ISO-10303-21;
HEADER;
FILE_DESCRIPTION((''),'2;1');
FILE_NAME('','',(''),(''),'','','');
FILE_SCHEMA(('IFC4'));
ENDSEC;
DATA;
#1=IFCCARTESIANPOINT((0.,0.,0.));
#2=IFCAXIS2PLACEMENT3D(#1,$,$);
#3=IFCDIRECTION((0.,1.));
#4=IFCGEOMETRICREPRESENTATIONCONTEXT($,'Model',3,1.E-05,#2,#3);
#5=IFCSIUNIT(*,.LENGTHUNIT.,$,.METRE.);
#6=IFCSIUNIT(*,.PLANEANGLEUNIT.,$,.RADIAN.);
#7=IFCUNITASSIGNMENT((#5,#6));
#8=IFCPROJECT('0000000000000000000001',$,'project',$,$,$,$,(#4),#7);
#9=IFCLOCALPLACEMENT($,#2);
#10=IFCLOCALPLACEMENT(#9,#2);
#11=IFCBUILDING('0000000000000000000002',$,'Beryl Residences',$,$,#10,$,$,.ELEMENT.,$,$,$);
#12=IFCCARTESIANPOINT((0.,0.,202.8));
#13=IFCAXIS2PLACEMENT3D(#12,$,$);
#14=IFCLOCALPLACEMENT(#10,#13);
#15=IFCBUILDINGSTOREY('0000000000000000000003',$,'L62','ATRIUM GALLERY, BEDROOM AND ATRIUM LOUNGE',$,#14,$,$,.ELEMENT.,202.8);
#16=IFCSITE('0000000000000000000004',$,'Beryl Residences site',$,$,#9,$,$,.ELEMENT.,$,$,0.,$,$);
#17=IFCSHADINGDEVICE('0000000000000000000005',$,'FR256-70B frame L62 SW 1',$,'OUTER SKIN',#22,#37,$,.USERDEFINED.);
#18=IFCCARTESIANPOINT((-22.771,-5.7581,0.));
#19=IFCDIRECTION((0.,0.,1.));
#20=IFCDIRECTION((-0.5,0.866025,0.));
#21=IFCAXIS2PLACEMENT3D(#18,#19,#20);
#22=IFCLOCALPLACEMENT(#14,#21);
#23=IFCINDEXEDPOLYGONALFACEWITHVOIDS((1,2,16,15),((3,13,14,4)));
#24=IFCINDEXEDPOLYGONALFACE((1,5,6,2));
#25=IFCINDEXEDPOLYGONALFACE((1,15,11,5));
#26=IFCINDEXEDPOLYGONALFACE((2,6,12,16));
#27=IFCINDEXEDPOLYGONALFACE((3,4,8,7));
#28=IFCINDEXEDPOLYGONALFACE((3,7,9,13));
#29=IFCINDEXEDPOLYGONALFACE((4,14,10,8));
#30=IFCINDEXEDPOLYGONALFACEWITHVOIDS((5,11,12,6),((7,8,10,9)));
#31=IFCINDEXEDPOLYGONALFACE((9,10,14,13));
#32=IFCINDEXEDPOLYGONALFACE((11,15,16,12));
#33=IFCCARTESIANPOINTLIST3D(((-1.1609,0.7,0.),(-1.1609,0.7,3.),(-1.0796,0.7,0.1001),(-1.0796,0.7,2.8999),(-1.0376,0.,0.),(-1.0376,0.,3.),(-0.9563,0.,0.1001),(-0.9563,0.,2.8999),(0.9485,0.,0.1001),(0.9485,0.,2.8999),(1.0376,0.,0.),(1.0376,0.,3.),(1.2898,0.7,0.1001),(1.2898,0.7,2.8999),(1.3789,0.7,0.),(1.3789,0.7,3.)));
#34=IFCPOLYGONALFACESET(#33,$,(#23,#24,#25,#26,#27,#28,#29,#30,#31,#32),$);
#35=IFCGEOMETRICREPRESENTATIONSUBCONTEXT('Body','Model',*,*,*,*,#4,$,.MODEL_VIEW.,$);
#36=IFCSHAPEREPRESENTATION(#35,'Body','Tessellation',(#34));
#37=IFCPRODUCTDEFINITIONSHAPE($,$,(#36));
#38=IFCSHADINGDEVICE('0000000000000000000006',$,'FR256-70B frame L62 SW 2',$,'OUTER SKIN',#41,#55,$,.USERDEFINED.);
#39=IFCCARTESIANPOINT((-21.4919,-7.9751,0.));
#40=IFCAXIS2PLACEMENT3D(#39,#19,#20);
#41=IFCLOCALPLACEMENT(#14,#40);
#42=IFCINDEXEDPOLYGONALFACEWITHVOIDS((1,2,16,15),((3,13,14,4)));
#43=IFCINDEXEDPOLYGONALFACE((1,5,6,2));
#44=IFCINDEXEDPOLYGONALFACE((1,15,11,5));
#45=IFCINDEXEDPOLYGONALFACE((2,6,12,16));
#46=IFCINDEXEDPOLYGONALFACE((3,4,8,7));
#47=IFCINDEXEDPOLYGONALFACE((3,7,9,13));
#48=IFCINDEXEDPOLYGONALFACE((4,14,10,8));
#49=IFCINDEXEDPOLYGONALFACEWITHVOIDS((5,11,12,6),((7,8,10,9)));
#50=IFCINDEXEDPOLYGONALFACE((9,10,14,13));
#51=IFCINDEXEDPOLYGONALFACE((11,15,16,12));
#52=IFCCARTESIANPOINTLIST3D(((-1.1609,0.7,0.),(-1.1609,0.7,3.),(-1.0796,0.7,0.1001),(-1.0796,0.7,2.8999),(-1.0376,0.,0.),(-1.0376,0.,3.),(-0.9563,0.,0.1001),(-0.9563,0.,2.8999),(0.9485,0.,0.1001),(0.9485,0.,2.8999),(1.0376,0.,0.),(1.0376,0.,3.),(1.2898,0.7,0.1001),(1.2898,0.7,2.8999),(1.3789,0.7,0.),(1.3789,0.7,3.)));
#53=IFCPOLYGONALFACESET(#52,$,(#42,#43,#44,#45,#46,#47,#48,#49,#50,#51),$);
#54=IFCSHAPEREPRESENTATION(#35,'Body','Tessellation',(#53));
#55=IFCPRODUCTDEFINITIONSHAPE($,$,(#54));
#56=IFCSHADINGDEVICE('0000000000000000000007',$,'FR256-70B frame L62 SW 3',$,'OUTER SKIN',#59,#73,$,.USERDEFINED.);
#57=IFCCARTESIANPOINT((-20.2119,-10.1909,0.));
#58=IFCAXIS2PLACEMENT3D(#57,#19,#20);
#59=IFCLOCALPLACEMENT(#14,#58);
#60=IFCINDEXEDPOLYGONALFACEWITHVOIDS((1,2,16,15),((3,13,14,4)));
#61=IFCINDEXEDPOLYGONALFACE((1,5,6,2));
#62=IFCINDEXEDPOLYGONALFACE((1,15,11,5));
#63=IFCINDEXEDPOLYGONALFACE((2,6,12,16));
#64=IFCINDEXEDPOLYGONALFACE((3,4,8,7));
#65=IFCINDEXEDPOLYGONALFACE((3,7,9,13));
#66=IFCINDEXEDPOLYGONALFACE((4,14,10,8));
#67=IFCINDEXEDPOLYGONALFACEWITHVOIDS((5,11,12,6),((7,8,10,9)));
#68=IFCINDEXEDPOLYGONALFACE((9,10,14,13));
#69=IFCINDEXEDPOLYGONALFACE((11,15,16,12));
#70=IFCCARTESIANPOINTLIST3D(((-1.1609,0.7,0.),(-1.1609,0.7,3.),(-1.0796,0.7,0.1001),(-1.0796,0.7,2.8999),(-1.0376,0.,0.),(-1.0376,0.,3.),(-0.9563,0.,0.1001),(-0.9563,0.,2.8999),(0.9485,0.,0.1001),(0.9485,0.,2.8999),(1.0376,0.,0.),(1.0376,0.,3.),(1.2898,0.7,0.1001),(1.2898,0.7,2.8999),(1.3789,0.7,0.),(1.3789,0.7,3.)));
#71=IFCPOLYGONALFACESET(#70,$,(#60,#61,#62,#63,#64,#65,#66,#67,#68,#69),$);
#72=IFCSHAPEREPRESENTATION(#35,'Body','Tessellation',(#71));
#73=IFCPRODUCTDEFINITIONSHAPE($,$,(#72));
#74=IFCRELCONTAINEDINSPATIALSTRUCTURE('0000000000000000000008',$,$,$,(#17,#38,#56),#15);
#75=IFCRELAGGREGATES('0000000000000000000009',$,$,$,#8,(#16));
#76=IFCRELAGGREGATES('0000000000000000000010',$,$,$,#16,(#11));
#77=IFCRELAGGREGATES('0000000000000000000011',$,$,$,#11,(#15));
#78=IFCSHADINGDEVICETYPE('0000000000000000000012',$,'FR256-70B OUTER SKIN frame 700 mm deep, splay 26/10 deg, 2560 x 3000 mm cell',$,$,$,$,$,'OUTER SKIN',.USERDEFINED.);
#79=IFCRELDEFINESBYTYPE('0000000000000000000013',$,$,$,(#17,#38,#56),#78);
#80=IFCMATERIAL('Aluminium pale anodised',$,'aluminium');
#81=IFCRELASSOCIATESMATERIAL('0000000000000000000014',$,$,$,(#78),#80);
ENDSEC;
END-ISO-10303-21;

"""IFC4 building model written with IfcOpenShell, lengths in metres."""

from ifc_helpers import new_model, entity, si_unit, direction, frame, origin, place, context, subcontext, project, spatial, source, transform, mapped, material, type_object, type_shapes, element, save


model = new_model("IFC4")

# Units and contexts
model_context = context("Model", 3, precision=1e-05, world=origin(), true_north=direction((0.0, 1.0)))
body_context = subcontext(model_context, "Body", "Model", "MODEL_VIEW")
ifc_project = project(units=[si_unit("LENGTHUNIT", "METRE"), si_unit("PLANEANGLEUNIT", "RADIAN")], contexts=[model_context])

# Site, building, storey
site_placement = place(None, origin())
site = spatial("IfcSite", under=ifc_project, at=site_placement, Name="Beryl Residences site", CompositionType="ELEMENT", RefElevation=0.0)
building_placement = place(site_placement, origin())
building = spatial("IfcBuilding", under=site, at=building_placement, Name="Beryl Residences", CompositionType="ELEMENT")
storey_placement = place(building_placement, frame((0.0, 0.0, 202.8)))
storey = spatial("IfcBuildingStorey", under=building, at=storey_placement, Name="L62", Description="ATRIUM GALLERY, BEDROOM AND ATRIUM LOUNGE", CompositionType="ELEMENT", Elevation=202.8)

# Shading devices
ifc_material_1 = material(Name="Aluminium pale anodised", Category="aluminium")
shading_device_type = type_object("IfcShadingDeviceType", Name="FR256-70B OUTER SKIN frame 700 mm deep, splay 26/10 deg, 2560 x 3000 mm cell", ElementType="OUTER SKIN", PredefinedType="USERDEFINED", material=ifc_material_1)
cartesian_point_1 = entity("IfcCartesianPoint", [-1.0376, 0.0])
cartesian_point_2 = entity("IfcCartesianPoint", [-0.9485, 0.1001])
cartesian_point_3 = entity("IfcCartesianPoint", [-1.3789, 0.0])
cartesian_point_4 = entity("IfcCartesianPoint", [-1.2898, 0.1001])
shared_shape_1 = source(origin(), body_context, "Body", "SweptSolid", [
    entity("IfcExtrudedAreaSolidTapered", entity("IfcArbitraryProfileDefWithVoids", "AREA", None, entity("IfcPolyline", [cartesian_point_1, entity("IfcCartesianPoint", [1.0376, 0.0]), entity("IfcCartesianPoint", [1.0376, 3.0]), entity("IfcCartesianPoint", [-1.0376, 3.0]), cartesian_point_1]), [entity("IfcPolyline", [cartesian_point_2, entity("IfcCartesianPoint", [0.9563, 0.1001]), entity("IfcCartesianPoint", [0.9563, 2.8999]), entity("IfcCartesianPoint", [-0.9485, 2.8999]), cartesian_point_2])]), entity("IfcAxis2Placement3D", entity("IfcCartesianPoint", [0.0, 0.0, 0.0]), entity("IfcDirection", [0.0, 1.0, 0.0]), entity("IfcDirection", [-1.0, 0.0, 0.0])), entity("IfcDirection", [0.0, 0.0, 1.0]), 0.7, entity("IfcArbitraryProfileDefWithVoids", "AREA", None, entity("IfcPolyline", [cartesian_point_3, entity("IfcCartesianPoint", [1.1609, 0.0]), entity("IfcCartesianPoint", [1.1609, 3.0]), entity("IfcCartesianPoint", [-1.3789, 3.0]), cartesian_point_3]), [entity("IfcPolyline", [cartesian_point_4, entity("IfcCartesianPoint", [1.0796, 0.1001]), entity("IfcCartesianPoint", [1.0796, 2.8999]), entity("IfcCartesianPoint", [-1.2898, 2.8999]), cartesian_point_4])])),
])
type_shapes(shading_device_type, [shared_shape_1])
for number, where, z_axis, x_axis, name in (
    (1, (-22.771, -5.7581, 0.0), (0.0, 0.0, 1.0), (-0.5, 0.866025, 0.0), "FR256-70B frame L62 SW 1"),
    (2, (-21.4919, -7.9751, 0.0), (0.0, 0.0, 1.0), (-0.5, 0.866025, 0.0), "FR256-70B frame L62 SW 2"),
    (3, (-20.2119, -10.1909, 0.0), (0.0, 0.0, 1.0), (-0.5, 0.866025, 0.0), "FR256-70B frame L62 SW 3"),
):
    element("IfcShadingDevice", number, at=place(storey_placement, frame(where, z_axis=z_axis, x_axis=x_axis)), inside=storey, type_object=shading_device_type, Name=name, ObjectType="OUTER SKIN", PredefinedType="USERDEFINED", context=body_context, shape_type="MappedRepresentation", body=[
        mapped(shared_shape_1, transform((0.0, 0.0, 0.0))),
    ])

save(model, "model.ifc")
